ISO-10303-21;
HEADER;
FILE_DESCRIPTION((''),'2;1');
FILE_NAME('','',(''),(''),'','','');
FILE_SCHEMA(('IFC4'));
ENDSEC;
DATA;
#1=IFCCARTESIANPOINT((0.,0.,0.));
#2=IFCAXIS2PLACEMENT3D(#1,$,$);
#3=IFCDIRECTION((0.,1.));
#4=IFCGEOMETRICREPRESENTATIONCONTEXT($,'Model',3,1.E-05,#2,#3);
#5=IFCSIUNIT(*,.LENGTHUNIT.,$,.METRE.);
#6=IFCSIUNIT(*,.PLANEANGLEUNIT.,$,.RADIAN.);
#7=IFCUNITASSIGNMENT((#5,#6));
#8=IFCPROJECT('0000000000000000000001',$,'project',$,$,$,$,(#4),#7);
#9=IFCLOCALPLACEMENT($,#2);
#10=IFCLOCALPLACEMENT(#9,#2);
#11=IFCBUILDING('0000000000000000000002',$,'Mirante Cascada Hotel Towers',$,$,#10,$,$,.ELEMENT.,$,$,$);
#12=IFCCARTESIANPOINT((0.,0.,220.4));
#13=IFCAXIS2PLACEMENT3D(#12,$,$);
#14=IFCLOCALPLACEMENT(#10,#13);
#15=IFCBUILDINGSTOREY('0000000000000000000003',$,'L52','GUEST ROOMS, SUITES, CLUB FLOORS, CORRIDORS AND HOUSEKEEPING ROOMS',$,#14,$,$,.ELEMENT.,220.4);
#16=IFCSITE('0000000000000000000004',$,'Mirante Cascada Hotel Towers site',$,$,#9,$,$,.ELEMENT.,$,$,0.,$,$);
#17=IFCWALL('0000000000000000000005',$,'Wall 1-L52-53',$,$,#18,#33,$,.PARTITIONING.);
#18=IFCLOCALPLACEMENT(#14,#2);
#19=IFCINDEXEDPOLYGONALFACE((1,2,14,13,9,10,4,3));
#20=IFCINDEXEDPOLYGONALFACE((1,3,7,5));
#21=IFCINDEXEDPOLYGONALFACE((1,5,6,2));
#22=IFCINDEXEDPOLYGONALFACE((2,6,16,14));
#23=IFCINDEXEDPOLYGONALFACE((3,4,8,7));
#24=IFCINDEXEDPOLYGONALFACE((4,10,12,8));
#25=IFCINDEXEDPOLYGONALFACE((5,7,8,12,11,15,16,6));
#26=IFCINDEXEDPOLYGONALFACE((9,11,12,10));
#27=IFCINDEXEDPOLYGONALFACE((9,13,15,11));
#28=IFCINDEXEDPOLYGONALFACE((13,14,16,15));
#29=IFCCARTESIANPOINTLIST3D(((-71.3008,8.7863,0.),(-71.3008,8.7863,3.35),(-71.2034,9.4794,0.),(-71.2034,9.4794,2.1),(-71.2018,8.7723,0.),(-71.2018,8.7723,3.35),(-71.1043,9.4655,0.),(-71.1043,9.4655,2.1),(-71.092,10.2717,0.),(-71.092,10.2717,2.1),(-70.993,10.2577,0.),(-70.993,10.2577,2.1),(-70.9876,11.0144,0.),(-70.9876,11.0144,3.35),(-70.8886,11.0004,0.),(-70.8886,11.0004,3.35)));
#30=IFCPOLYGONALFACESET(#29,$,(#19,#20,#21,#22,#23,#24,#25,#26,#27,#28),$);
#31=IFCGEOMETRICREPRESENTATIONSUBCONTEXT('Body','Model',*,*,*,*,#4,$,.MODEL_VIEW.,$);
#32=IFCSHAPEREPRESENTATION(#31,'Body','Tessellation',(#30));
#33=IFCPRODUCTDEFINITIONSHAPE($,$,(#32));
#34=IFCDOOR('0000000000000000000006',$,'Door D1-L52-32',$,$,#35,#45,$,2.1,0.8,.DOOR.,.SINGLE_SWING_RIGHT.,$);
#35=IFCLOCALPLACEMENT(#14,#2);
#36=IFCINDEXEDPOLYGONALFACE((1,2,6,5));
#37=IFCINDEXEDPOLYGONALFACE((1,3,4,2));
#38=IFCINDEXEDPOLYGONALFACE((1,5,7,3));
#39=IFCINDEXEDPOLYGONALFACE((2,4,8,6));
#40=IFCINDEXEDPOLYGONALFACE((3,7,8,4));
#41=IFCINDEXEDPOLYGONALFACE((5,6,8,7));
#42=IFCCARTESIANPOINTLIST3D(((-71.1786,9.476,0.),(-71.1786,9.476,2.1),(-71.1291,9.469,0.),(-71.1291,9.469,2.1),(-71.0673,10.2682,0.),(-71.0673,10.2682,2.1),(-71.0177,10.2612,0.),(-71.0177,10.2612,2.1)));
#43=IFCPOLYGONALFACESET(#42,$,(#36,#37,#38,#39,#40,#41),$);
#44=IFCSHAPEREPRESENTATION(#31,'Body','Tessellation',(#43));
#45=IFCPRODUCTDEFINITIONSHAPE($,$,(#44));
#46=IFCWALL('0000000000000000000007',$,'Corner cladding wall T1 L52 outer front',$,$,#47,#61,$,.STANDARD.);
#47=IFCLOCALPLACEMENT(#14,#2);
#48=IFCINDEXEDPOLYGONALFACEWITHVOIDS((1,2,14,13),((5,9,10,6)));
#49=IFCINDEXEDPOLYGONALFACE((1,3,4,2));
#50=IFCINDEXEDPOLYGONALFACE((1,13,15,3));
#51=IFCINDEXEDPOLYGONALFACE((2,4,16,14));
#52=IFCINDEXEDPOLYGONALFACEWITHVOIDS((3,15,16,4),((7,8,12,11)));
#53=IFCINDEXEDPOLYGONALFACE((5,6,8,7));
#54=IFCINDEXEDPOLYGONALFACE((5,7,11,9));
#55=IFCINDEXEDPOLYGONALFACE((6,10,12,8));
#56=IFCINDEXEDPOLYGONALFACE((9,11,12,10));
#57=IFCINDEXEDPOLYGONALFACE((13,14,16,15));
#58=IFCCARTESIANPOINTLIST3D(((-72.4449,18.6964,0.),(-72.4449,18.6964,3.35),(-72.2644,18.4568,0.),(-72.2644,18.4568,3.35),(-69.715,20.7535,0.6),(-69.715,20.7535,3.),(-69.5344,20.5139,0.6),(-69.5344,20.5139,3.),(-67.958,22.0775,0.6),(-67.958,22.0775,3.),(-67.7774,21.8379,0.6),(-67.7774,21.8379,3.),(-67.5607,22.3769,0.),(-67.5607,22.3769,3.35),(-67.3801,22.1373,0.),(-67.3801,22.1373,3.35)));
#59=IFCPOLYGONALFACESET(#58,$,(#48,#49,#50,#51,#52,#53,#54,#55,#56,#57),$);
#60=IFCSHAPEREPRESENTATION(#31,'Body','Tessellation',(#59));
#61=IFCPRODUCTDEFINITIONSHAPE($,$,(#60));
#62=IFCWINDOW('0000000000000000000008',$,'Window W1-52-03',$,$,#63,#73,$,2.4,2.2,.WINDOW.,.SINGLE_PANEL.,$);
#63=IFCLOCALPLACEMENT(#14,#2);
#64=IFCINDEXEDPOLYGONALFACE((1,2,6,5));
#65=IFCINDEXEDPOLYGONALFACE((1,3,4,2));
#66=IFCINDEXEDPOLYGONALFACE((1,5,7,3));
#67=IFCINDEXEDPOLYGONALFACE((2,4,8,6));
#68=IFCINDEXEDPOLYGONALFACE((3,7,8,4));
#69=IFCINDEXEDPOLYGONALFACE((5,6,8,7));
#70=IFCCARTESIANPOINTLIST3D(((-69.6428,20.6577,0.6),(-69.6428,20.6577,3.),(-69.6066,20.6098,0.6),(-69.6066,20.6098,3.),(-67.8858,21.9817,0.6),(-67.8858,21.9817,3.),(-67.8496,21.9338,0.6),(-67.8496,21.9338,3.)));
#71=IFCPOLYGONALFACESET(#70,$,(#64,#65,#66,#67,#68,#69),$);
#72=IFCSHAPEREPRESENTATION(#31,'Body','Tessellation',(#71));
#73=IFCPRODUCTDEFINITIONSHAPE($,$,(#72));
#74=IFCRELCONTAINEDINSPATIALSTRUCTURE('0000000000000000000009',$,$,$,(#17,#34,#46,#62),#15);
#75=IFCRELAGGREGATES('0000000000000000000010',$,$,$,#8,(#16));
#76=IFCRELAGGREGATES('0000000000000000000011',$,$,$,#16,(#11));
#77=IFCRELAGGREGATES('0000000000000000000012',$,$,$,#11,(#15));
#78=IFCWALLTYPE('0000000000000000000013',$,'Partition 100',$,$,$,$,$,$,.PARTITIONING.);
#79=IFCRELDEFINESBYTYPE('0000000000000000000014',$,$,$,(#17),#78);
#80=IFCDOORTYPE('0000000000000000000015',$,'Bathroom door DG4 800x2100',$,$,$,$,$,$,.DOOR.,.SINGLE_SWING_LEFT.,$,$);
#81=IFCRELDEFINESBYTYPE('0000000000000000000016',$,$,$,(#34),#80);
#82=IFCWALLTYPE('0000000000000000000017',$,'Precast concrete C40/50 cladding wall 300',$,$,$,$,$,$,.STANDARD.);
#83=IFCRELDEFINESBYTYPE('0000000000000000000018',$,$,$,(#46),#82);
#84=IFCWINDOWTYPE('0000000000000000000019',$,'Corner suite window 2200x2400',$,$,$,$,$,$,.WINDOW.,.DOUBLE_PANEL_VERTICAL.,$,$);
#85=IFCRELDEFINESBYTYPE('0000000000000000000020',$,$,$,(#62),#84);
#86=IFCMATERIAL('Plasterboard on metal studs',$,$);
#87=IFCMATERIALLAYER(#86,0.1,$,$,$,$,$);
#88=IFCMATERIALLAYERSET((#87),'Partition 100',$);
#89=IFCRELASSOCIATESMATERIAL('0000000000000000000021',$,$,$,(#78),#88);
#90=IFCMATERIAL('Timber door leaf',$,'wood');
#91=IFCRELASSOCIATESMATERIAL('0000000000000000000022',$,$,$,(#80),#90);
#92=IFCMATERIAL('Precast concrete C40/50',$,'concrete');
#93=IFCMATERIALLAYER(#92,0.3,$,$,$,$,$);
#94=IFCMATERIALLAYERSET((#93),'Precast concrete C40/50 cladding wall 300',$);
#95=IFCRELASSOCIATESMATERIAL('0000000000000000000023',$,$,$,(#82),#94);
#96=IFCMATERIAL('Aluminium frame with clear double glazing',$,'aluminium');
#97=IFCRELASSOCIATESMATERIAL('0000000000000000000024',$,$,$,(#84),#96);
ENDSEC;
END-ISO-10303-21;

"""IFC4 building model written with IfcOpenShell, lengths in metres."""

from ifc_helpers import new_model, si_unit, direction, frame, frame_2d, origin, place, context, subcontext, project, spatial, rectangle, extrude, material, layer, layer_set, type_object, element, fill, save


model = new_model("IFC4")

# Units and contexts
model_context = context("Model", 3, precision=1e-05, world=origin(), true_north=direction((0.0, 1.0)))
body_context = subcontext(model_context, "Body", "Model", "MODEL_VIEW")
ifc_project = project(units=[si_unit("LENGTHUNIT", "METRE"), si_unit("PLANEANGLEUNIT", "RADIAN")], contexts=[model_context])

# Site, building, storey
site_placement = place(None, origin())
site = spatial("IfcSite", under=ifc_project, at=site_placement, Name="Mirante Cascada Hotel Towers site", CompositionType="ELEMENT", RefElevation=0.0)
building_placement = place(site_placement, origin())
building = spatial("IfcBuilding", under=site, at=building_placement, Name="Mirante Cascada Hotel Towers", CompositionType="ELEMENT")
storey_placement = place(building_placement, frame((0.0, 0.0, 220.4)))
storey = spatial("IfcBuildingStorey", under=building, at=storey_placement, Name="L52", Description="GUEST ROOMS, SUITES, CLUB FLOORS, CORRIDORS AND HOUSEKEEPING ROOMS", CompositionType="ELEMENT", Elevation=220.4)

# Shared definitions
ifc_material_1 = material(Name="Plasterboard on metal studs")
ifc_layer_1 = layer(ifc_material_1, 0.1)
ifc_layer_set_1 = layer_set([ifc_layer_1], Name="Partition 100")
wall_type_1 = type_object("IfcWallType", Name="Partition 100", PredefinedType="PARTITIONING", material=ifc_layer_set_1)

# Shared definitions
ifc_material_2 = material(Name="Timber door leaf", Category="wood")
door_type = type_object("IfcDoorType", Name="Bathroom door DG4 800x2100", OperationType="SINGLE_SWING_LEFT", PredefinedType="DOOR", material=ifc_material_2)

# Wall, opening, door
wall_1_placement = place(storey_placement, frame((-71.2513, 8.7793, 0.0), z_axis=(0.0, 0.0, 1.0), x_axis=(0.1392, 0.990264, 0.0)))
wall_1 = element("IfcWall", 1, at=wall_1_placement, inside=storey, type_object=wall_type_1, Name="Wall 1-L52-53", PredefinedType="PARTITIONING", context=body_context, shape_type="SweptSolid", body=[
    extrude(rectangle(XDim=2.25, YDim=0.1, at=frame_2d((1.125, 0.0))), origin(), (0.0, 0.0, 1.0), 3.35),
])
opening_1_placement = place(wall_1_placement, frame((0.7, 0.0, 0.0)))
opening_1 = element("IfcOpeningElement", 2, at=opening_1_placement, cuts=wall_1, PredefinedType="OPENING", context=body_context, shape_type="SweptSolid", body=[
    extrude(rectangle(XDim=0.8, YDim=2.1, at=frame_2d((0.4, 1.05))), frame((0.0, 0.05, 0.0), z_axis=(0.0, -1.0, 0.0), x_axis=(1.0, 0.0, 0.0)), (0.0, 0.0, 1.0), 0.1),
])
door_1_placement = place(opening_1_placement, frame((0.8, 0.0, 0.0), z_axis=(0.0, 0.0, 1.0), x_axis=(-1.0, 0.0, 0.0)))
door_1 = element("IfcDoor", 3, at=door_1_placement, inside=storey, type_object=door_type, Name="Door D1-L52-32", OperationType="SINGLE_SWING_RIGHT", OverallHeight=2.1, OverallWidth=0.8, PredefinedType="DOOR", context=body_context, shape_type="SweptSolid", body=[
    extrude(rectangle(XDim=0.8, YDim=2.1, at=frame_2d((0.4, 1.05))), frame((0.0, 0.025, 0.0), z_axis=(0.0, -1.0, 0.0), x_axis=(1.0, 0.0, 0.0)), (0.0, 0.0, 1.0), 0.05),
])
fill(opening_1, door_1)

# Wall, opening, window
ifc_material_3 = material(Name="Precast concrete C40/50", Category="concrete")
ifc_layer_2 = layer(ifc_material_3, 0.3)
ifc_layer_set_2 = layer_set([ifc_layer_2], Name="Precast concrete C40/50 cladding wall 300")
wall_type_2 = type_object("IfcWallType", Name="Precast concrete C40/50 cladding wall 300", PredefinedType="STANDARD", material=ifc_layer_set_2)
wall_2_placement = place(storey_placement, frame((-72.3546, 18.5766, 0.0), z_axis=(0.0, 0.0, 1.0), x_axis=(0.798636, 0.601814, 0.0)))
wall_2 = element("IfcWall", 4, at=wall_2_placement, inside=storey, type_object=wall_type_2, Name="Corner cladding wall T1 L52 outer front", PredefinedType="STANDARD", context=body_context, shape_type="SweptSolid", body=[
    extrude(rectangle(XDim=6.1157, YDim=0.3, at=frame_2d((3.0578, 0.0))), origin(), (0.0, 0.0, 1.0), 3.35),
])
opening_2_placement = place(wall_2_placement, frame((3.4182, 0.0, 0.6)))
opening_2 = element("IfcOpeningElement", 5, at=opening_2_placement, cuts=wall_2, PredefinedType="OPENING", context=body_context, shape_type="SweptSolid", body=[
    extrude(rectangle(XDim=2.2, YDim=2.4, at=frame_2d((1.1, 1.2))), frame((0.0, 0.15, 0.0), z_axis=(0.0, -1.0, 0.0), x_axis=(1.0, 0.0, 0.0)), (0.0, 0.0, 1.0), 0.3),
])
ifc_material_4 = material(Name="Aluminium frame with clear double glazing", Category="aluminium")
window_type = type_object("IfcWindowType", Name="Corner suite window 2200x2400", PartitioningType="DOUBLE_PANEL_VERTICAL", PredefinedType="WINDOW", material=ifc_material_4)
window_placement = place(opening_2_placement, origin())
window = element("IfcWindow", 6, at=window_placement, inside=storey, type_object=window_type, Name="Window W1-52-03", OverallHeight=2.4, OverallWidth=2.2, PartitioningType="SINGLE_PANEL", PredefinedType="WINDOW", context=body_context, shape_type="SweptSolid", body=[
    extrude(rectangle(XDim=2.2, YDim=2.4, at=frame_2d((1.1, 1.2))), frame((0.0, 0.03, 0.0), z_axis=(0.0, -1.0, 0.0), x_axis=(1.0, 0.0, 0.0)), (0.0, 0.0, 1.0), 0.06),
])
fill(opening_2, window)

save(model, "model.ifc")
